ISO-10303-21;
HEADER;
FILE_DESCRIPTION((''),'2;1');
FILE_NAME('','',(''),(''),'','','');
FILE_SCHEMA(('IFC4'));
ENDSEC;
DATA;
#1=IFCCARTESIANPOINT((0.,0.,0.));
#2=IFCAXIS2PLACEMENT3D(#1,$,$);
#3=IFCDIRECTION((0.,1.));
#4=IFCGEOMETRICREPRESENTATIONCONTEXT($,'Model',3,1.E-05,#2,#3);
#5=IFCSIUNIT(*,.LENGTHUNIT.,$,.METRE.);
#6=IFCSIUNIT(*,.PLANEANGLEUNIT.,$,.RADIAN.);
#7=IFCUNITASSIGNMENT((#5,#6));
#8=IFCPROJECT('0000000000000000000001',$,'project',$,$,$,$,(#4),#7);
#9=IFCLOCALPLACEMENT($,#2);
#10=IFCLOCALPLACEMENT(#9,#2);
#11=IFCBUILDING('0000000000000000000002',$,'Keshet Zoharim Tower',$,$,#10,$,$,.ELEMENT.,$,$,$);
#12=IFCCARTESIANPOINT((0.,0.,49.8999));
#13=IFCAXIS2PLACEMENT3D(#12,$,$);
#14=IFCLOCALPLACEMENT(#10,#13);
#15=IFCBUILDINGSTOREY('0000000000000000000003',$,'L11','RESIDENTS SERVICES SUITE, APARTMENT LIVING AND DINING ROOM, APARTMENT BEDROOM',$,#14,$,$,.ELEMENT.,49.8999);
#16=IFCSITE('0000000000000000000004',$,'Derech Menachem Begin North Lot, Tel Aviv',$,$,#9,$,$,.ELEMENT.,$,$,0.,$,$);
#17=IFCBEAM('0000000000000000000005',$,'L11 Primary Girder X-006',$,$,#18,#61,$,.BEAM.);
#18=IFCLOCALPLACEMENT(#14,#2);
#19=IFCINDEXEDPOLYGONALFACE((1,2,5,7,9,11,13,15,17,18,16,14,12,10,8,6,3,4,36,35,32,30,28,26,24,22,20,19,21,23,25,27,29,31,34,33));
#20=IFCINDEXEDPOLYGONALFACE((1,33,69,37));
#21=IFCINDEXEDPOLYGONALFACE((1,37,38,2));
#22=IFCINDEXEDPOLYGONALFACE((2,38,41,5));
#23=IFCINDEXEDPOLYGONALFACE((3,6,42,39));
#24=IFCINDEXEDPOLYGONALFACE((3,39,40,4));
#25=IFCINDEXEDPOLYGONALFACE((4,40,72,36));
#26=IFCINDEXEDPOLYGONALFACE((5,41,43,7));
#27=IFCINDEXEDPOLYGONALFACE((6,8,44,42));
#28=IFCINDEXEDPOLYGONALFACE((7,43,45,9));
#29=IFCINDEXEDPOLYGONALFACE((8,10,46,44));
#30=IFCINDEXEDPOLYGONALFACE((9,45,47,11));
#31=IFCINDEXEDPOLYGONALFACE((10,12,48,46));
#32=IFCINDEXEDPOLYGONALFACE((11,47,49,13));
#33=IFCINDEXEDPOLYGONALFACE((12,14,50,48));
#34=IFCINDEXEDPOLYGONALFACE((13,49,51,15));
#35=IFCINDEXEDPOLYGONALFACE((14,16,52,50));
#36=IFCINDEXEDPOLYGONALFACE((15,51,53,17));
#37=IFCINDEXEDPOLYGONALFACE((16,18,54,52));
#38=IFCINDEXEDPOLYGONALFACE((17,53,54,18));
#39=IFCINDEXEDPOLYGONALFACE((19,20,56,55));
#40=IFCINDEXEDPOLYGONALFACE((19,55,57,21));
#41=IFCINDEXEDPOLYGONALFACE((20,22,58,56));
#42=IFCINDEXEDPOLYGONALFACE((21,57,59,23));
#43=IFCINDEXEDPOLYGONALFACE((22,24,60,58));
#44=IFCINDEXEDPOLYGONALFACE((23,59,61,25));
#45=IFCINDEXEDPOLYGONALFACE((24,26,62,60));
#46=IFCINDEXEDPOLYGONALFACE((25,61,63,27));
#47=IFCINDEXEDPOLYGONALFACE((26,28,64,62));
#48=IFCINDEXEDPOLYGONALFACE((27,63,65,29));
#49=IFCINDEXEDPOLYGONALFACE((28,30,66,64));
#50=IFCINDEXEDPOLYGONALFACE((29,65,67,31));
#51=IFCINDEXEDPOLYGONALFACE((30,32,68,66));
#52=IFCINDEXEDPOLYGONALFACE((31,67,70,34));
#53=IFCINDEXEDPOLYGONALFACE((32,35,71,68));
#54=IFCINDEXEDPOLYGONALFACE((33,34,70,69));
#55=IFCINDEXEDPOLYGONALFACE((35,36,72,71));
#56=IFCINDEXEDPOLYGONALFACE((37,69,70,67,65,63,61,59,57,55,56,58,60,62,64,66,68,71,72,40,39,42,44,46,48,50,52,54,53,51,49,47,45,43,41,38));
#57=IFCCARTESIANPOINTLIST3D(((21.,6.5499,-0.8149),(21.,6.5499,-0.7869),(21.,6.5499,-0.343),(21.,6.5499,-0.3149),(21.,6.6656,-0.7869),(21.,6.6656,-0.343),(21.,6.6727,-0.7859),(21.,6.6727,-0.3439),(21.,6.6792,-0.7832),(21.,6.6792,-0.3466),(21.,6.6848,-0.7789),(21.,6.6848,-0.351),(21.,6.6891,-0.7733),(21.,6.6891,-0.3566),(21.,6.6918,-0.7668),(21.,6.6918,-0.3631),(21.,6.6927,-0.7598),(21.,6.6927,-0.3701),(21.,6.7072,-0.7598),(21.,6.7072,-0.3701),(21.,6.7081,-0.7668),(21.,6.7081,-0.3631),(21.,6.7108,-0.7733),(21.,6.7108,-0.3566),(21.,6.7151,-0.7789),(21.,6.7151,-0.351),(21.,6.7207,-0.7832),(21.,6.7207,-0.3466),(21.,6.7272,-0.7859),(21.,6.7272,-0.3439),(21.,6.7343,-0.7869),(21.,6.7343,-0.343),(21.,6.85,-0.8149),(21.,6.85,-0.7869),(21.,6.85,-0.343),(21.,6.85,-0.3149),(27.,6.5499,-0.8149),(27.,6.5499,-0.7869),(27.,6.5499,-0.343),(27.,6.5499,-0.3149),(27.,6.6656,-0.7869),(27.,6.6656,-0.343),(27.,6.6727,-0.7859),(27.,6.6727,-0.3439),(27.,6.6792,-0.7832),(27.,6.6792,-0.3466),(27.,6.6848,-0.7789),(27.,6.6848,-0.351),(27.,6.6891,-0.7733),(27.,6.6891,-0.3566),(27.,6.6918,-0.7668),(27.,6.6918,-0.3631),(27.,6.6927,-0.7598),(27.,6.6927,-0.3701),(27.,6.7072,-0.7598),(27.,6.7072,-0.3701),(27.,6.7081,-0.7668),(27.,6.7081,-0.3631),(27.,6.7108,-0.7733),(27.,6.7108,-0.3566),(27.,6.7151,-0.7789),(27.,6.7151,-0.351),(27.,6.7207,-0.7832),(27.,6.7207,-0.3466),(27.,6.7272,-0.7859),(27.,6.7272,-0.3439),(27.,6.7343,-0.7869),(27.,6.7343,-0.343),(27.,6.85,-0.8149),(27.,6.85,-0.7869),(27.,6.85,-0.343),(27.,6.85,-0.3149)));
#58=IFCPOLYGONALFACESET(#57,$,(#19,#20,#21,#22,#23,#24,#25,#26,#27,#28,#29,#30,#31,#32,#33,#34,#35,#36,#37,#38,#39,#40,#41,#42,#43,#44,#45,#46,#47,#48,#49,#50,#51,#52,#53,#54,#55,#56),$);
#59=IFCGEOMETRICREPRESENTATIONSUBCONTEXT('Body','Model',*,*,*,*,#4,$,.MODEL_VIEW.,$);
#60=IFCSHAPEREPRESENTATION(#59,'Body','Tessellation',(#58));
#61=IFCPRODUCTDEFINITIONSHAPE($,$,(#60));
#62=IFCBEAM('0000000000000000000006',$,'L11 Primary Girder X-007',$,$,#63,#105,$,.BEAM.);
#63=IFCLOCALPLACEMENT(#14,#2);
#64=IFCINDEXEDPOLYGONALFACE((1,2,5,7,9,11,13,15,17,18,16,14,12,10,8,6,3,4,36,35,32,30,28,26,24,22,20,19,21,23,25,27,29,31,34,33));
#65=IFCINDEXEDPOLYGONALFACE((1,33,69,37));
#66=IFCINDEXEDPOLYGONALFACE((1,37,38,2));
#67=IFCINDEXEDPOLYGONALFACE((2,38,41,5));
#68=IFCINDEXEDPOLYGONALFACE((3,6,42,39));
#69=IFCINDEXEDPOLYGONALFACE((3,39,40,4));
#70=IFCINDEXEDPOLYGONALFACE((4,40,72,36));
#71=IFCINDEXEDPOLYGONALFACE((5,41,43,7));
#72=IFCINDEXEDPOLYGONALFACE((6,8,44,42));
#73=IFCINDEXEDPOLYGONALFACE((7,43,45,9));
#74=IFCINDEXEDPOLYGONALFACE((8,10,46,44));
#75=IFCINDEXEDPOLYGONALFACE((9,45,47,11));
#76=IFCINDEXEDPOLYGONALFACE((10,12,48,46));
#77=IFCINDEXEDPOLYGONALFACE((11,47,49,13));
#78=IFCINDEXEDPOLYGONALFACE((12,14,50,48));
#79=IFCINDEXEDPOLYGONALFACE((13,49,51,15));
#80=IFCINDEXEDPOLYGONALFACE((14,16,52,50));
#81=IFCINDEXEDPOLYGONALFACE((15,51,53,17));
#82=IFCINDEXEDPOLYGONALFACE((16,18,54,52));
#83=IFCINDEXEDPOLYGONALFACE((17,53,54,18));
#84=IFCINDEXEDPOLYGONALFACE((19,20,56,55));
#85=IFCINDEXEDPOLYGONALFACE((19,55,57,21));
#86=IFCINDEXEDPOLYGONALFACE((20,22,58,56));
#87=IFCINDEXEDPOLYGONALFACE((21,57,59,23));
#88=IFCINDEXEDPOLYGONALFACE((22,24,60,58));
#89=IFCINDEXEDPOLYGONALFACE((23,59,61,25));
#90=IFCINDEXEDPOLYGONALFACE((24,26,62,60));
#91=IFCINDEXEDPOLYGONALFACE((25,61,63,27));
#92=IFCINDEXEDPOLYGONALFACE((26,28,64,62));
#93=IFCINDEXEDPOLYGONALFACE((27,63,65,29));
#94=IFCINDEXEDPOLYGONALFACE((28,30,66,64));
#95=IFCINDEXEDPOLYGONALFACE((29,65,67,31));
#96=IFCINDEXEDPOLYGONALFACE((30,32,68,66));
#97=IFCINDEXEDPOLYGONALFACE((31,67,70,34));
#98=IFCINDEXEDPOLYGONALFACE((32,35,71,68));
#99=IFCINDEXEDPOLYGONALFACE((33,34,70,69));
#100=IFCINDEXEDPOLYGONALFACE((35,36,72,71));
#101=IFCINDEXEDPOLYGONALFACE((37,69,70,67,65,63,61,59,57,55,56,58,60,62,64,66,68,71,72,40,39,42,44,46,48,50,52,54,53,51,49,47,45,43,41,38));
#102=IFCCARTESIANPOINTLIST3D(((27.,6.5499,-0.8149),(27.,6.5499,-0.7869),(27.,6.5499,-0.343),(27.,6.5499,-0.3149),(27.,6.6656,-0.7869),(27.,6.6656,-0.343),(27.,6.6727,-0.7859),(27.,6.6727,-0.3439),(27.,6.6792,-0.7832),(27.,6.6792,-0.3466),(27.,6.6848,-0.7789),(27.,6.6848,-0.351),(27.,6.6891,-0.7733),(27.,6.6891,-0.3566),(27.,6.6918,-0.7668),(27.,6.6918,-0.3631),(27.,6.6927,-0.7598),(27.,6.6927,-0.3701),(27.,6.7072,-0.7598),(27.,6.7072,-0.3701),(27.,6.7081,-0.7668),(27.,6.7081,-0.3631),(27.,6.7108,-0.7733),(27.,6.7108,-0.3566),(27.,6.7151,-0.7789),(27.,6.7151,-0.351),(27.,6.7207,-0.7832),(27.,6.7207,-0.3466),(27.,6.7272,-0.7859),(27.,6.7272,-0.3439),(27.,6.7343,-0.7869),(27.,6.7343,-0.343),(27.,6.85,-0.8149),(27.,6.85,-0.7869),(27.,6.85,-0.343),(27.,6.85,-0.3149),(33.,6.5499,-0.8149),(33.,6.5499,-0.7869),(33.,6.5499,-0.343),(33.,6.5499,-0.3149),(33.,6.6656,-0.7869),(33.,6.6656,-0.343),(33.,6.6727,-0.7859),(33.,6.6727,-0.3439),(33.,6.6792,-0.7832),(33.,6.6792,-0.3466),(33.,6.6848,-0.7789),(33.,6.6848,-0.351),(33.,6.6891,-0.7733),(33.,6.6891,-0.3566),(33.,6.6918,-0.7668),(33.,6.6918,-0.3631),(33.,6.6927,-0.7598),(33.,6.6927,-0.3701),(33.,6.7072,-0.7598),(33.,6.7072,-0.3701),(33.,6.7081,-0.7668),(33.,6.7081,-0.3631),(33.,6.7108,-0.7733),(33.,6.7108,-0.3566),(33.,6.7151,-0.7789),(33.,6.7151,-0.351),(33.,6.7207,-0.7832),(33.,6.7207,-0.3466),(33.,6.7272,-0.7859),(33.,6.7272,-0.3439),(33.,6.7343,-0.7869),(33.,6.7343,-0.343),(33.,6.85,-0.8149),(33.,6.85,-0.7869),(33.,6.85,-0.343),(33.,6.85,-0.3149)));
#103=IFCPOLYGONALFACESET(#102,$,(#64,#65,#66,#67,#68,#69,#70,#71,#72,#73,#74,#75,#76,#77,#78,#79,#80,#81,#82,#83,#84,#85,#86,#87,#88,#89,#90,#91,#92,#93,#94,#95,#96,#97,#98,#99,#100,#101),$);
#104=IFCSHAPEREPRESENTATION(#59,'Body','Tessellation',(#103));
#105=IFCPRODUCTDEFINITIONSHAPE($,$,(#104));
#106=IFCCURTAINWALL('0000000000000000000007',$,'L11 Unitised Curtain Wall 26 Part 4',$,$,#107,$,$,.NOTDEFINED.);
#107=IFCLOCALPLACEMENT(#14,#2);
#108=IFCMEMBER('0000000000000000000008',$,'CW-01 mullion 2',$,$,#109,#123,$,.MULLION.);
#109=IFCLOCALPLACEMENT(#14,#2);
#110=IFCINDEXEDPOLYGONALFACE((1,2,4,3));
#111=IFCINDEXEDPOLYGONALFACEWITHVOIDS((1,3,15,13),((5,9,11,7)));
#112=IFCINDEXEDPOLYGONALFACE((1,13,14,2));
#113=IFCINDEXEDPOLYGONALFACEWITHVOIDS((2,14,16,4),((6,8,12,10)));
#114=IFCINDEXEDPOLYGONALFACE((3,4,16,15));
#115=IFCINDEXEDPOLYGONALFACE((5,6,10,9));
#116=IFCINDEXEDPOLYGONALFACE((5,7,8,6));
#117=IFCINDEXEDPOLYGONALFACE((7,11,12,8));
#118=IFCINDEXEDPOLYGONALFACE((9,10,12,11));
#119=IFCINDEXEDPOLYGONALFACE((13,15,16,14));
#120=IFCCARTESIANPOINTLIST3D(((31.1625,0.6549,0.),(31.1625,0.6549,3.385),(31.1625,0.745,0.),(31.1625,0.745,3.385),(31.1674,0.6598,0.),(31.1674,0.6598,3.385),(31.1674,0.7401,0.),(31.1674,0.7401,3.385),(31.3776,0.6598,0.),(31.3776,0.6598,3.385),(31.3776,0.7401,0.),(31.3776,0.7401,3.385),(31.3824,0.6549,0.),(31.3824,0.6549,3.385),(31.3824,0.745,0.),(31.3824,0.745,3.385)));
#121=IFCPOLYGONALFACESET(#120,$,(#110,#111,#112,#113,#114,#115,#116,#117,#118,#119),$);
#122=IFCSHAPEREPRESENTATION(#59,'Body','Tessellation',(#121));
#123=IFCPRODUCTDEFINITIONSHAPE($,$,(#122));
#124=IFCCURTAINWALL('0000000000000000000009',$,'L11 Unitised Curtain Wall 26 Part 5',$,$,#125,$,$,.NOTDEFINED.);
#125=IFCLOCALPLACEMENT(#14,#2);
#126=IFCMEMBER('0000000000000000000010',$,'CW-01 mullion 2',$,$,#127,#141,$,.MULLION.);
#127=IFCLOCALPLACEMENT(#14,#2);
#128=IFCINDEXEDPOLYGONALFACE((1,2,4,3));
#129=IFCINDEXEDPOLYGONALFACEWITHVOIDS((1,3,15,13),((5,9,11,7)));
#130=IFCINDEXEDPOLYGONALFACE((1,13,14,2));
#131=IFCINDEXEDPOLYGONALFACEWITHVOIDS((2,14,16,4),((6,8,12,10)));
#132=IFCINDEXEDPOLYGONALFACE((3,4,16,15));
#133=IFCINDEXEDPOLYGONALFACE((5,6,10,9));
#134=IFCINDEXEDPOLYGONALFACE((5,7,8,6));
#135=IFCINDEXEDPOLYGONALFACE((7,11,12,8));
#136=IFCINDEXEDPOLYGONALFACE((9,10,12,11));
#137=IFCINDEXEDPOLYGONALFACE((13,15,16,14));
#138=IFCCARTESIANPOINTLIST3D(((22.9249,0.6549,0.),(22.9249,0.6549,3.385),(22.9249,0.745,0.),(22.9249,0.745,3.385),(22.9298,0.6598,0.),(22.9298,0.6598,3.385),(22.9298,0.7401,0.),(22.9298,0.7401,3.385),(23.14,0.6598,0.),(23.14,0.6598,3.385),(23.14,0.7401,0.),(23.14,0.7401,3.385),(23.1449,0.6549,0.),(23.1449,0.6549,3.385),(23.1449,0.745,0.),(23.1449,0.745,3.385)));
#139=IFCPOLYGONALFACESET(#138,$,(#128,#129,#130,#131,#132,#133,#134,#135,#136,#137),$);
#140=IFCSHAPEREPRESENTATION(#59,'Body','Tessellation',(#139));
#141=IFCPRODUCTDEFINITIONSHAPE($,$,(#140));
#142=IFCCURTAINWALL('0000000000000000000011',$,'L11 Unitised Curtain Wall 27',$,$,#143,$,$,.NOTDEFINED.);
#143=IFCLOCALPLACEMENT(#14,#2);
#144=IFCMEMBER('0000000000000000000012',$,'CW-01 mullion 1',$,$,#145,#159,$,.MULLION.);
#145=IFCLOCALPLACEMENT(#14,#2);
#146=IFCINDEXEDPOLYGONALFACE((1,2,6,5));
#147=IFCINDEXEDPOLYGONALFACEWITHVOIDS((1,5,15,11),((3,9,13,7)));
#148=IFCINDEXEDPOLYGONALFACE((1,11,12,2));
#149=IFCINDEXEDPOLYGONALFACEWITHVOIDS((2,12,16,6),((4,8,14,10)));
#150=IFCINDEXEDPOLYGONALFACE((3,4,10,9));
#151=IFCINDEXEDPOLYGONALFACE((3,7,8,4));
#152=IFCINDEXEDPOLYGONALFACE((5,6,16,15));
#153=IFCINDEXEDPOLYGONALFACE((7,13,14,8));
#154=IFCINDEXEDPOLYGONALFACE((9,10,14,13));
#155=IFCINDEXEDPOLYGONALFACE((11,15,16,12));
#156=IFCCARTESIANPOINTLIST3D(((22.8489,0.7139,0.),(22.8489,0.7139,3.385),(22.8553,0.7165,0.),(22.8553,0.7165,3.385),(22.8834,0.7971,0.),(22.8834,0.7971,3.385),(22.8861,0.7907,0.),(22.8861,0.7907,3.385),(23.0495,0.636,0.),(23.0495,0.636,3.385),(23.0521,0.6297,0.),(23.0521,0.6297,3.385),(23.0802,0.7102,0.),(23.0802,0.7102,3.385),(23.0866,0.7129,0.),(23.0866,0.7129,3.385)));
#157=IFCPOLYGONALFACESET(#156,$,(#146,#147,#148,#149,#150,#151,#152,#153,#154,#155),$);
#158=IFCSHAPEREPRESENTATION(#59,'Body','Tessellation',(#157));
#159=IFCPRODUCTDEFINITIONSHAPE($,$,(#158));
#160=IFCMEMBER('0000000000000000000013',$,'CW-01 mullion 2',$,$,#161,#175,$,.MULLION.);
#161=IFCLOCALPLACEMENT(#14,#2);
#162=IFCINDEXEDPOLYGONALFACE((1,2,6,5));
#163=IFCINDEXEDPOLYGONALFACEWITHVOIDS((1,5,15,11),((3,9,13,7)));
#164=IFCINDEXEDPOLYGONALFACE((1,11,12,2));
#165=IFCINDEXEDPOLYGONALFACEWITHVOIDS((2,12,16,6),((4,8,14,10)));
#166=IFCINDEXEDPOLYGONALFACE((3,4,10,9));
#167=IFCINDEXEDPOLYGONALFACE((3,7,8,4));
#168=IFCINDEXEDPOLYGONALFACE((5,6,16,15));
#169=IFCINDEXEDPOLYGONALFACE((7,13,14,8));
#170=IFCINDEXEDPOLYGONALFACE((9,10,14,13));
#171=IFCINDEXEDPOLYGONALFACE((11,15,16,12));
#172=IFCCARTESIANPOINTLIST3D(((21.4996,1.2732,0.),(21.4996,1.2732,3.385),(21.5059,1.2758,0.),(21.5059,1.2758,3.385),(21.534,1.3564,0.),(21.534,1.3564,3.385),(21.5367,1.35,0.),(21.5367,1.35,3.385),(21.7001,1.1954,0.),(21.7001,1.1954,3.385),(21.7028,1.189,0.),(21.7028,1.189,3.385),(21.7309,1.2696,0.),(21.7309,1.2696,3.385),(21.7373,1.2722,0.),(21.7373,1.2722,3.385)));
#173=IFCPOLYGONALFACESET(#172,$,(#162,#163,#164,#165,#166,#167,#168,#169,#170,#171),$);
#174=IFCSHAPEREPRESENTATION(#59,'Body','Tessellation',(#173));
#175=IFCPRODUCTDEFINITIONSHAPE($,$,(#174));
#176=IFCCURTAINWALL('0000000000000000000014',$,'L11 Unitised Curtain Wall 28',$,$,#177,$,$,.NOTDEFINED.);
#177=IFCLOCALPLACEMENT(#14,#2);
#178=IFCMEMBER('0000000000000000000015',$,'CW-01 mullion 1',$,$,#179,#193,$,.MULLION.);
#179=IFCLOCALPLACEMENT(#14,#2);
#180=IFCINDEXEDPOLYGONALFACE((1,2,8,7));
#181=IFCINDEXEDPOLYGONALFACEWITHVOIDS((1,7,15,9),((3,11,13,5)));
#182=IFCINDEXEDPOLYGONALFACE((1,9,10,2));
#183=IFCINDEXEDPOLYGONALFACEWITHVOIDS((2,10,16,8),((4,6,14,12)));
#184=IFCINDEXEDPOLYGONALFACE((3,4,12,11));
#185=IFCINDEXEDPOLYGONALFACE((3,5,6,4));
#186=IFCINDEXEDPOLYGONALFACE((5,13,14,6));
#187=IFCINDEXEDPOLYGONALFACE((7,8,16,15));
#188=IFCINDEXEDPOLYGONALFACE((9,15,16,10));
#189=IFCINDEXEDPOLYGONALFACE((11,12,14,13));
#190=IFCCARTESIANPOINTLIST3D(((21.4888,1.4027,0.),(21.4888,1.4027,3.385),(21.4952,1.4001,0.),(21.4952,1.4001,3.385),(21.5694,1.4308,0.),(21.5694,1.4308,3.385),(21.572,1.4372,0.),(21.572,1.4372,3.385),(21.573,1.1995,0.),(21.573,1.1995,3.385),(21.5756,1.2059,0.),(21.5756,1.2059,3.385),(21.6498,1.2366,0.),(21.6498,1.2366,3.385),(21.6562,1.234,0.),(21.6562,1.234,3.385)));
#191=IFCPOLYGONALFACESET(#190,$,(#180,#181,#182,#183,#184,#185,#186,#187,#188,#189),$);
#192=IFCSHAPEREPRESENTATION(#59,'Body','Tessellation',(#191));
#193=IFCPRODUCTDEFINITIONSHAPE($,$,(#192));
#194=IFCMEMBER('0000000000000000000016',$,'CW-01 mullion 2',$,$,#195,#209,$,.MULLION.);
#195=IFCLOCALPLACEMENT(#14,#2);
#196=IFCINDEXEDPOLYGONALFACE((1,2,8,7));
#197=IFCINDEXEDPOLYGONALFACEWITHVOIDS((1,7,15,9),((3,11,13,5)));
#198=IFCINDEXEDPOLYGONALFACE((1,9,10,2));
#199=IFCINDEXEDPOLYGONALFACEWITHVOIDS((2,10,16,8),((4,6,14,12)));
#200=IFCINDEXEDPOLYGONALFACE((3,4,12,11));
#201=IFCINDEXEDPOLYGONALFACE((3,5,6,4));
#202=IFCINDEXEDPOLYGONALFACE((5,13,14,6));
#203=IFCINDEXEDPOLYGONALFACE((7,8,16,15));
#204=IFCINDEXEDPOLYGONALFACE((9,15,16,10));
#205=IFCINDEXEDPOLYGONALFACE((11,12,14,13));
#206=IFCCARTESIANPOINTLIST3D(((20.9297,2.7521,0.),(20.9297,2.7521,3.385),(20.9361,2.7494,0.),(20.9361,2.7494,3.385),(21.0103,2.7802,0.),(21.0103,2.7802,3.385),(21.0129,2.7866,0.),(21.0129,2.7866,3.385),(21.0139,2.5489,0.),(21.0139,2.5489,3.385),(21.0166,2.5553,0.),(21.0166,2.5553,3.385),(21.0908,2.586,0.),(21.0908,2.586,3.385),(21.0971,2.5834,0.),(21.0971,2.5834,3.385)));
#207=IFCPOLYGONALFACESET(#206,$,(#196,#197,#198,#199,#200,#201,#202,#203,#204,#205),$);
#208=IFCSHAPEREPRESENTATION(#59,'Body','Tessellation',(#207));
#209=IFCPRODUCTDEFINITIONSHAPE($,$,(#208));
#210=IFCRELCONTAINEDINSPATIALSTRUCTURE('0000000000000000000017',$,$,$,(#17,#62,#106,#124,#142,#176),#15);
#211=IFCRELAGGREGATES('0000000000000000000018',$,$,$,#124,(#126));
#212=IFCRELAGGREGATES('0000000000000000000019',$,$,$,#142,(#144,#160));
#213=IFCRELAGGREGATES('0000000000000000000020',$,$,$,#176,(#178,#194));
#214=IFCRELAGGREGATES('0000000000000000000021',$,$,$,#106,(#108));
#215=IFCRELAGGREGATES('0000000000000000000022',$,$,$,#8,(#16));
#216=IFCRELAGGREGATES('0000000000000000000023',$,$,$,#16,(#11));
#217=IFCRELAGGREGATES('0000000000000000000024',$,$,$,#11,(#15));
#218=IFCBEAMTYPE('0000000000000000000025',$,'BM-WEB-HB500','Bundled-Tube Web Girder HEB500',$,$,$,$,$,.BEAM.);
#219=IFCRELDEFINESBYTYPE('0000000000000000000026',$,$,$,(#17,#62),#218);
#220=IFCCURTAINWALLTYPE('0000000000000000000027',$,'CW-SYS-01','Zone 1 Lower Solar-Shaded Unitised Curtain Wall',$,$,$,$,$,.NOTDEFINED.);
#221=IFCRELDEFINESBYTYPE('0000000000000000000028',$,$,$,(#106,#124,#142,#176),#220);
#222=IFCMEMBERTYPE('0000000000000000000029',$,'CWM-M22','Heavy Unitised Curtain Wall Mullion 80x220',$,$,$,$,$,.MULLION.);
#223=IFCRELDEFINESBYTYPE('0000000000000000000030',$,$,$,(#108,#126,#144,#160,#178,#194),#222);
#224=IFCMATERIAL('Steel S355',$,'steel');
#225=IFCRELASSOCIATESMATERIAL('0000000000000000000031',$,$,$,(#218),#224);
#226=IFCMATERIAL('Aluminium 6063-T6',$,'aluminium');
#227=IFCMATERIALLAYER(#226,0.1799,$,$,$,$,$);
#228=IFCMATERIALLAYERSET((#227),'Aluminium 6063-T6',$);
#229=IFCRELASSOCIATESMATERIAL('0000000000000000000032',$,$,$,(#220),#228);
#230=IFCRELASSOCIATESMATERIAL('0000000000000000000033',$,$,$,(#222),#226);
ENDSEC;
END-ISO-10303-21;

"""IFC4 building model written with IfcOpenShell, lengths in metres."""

from ifc_helpers import new_model, si_unit, direction, frame, origin, origin_2d, place, context, subcontext, project, spatial, hollow_rectangle, i_section, extrude, material, layer, layer_set, material_profile, profile_set, type_object, element, aggregate, save


model = new_model("IFC4")

# Units and contexts
model_context = context("Model", 3, precision=1e-05, world=origin(), true_north=direction((0.0, 1.0)))
body_context = subcontext(model_context, "Body", "Model", "MODEL_VIEW")
ifc_project = project(units=[si_unit("LENGTHUNIT", "METRE"), si_unit("PLANEANGLEUNIT", "RADIAN")], contexts=[model_context])

# Site, building, storey
site_placement = place(None, origin())
site = spatial("IfcSite", under=ifc_project, at=site_placement, Name="Derech Menachem Begin North Lot, Tel Aviv", CompositionType="ELEMENT", RefElevation=0.0)
building_placement = place(site_placement, origin())
building = spatial("IfcBuilding", under=site, at=building_placement, Name="Keshet Zoharim Tower", CompositionType="ELEMENT")
storey_placement = place(building_placement, frame((0.0, 0.0, 49.8999)))
storey = spatial("IfcBuildingStorey", under=building, at=storey_placement, Name="L11", Description="RESIDENTS SERVICES SUITE, APARTMENT LIVING AND DINING ROOM, APARTMENT BEDROOM", CompositionType="ELEMENT", Elevation=49.8999)

# Shared definitions
ifc_material_1 = material(Name="Steel S355", Category="steel")

# Beams
ifc_material_profile_1 = material_profile(ifc_material_1, i_section(OverallWidth=0.3, OverallDepth=0.5, WebThickness=0.0144, FlangeThickness=0.0281, FilletRadius=0.0271, at=origin_2d()), Name="HEB500")
ifc_profile_set_1 = profile_set([ifc_material_profile_1], Name="Steel S355")
beam_type_1 = type_object("IfcBeamType", Name="BM-WEB-HB500", Description="Bundled-Tube Web Girder HEB500", PredefinedType="BEAM", material=ifc_profile_set_1)
for number, where, z_axis, x_axis, name in (
    (1, (21.0, 6.7, -0.5649), (1.0, 0.0, 0.0), (0.0, 1.0, 0.0), "L11 Primary Girder X-006"),
    (2, (27.0, 6.7, -0.5649), (1.0, 0.0, 0.0), (0.0, 1.0, 0.0), "L11 Primary Girder X-007"),
):
    element("IfcBeam", number, at=place(storey_placement, frame(where, z_axis=z_axis, x_axis=x_axis)), inside=storey, type_object=beam_type_1, Name=name, PredefinedType="BEAM", context=body_context, shape_type="SweptSolid", body=[
        extrude(i_section(OverallWidth=0.3, OverallDepth=0.5, WebThickness=0.0144, FlangeThickness=0.0281, FilletRadius=0.0271, at=origin_2d()), origin(), (0.0, 0.0, 1.0), 6.0),
    ])

# Curtain walls, members
ifc_material_2 = material(Name="Aluminium 6063-T6", Category="aluminium")
ifc_layer_1 = layer(ifc_material_2, 0.1799)
ifc_layer_set_1 = layer_set([ifc_layer_1], Name="Aluminium 6063-T6")
curtain_wall_type = type_object("IfcCurtainWallType", Name="CW-SYS-01", Description="Zone 1 Lower Solar-Shaded Unitised Curtain Wall", PredefinedType="NOTDEFINED", material=ifc_layer_set_1)
curtain_wall_1_placement = place(storey_placement, origin())
curtain_wall_1 = element("IfcCurtainWall", 3, at=curtain_wall_1_placement, inside=storey, type_object=curtain_wall_type, Name="L11 Unitised Curtain Wall 26 Part 4", PredefinedType="NOTDEFINED")
ifc_material_profile_2 = material_profile(ifc_material_2, hollow_rectangle(XDim=0.0901, YDim=0.22, WallThickness=0.0049, at=origin_2d()), Name="MUL-90x220")
ifc_profile_set_2 = profile_set([ifc_material_profile_2], Name="Aluminium 6063-T6")
member_type_1 = type_object("IfcMemberType", Name="CWM-M22", Description="Heavy Unitised Curtain Wall Mullion 80x220", PredefinedType="MULLION", material=ifc_profile_set_2)
member_1_placement = place(storey_placement, frame((31.2725, 0.7, 0.0), z_axis=(0.0, 0.0, 1.0), x_axis=(0.0, -1.0, 0.0)))
member_1 = element("IfcMember", 4, at=member_1_placement, type_object=member_type_1, Name="CW-01 mullion 2", PredefinedType="MULLION", context=body_context, shape_type="SweptSolid", body=[
    extrude(hollow_rectangle(XDim=0.0901, YDim=0.22, WallThickness=0.0049, at=origin_2d()), origin(), (0.0, 0.0, 1.0), 3.385),
])
curtain_wall_2_placement = place(storey_placement, origin())
curtain_wall_2 = element("IfcCurtainWall", 5, at=curtain_wall_2_placement, inside=storey, type_object=curtain_wall_type, Name="L11 Unitised Curtain Wall 26 Part 5", PredefinedType="NOTDEFINED")
member_2_placement = place(storey_placement, frame((23.0349, 0.7, 0.0), z_axis=(0.0, 0.0, 1.0), x_axis=(0.0, -1.0, 0.0)))
member_2 = element("IfcMember", 6, at=member_2_placement, type_object=member_type_1, Name="CW-01 mullion 2", PredefinedType="MULLION", context=body_context, shape_type="SweptSolid", body=[
    extrude(hollow_rectangle(XDim=0.0901, YDim=0.22, WallThickness=0.0049, at=origin_2d()), origin(), (0.0, 0.0, 1.0), 3.385),
])

# Curtain walls, members
curtain_wall_3_placement = place(storey_placement, origin())
curtain_wall_3 = element("IfcCurtainWall", 7, at=curtain_wall_3_placement, inside=storey, type_object=curtain_wall_type, Name="L11 Unitised Curtain Wall 27", PredefinedType="NOTDEFINED")
member_3_placement = place(storey_placement, frame((22.9678, 0.7134, 0.0), z_axis=(0.0, 0.0, 1.0), x_axis=(-0.382852, -0.92381, 0.0)))
member_3 = element("IfcMember", 8, at=member_3_placement, type_object=member_type_1, Name="CW-01 mullion 1", PredefinedType="MULLION", context=body_context, shape_type="SweptSolid", body=[
    extrude(hollow_rectangle(XDim=0.0901, YDim=0.22, WallThickness=0.0049, at=origin_2d()), origin(), (0.0, 0.0, 1.0), 3.385),
])
member_4_placement = place(storey_placement, frame((21.6184, 1.2727, 0.0), z_axis=(0.0, 0.0, 1.0), x_axis=(-0.382852, -0.92381, 0.0)))
member_4 = element("IfcMember", 9, at=member_4_placement, type_object=member_type_1, Name="CW-01 mullion 2", PredefinedType="MULLION", context=body_context, shape_type="SweptSolid", body=[
    extrude(hollow_rectangle(XDim=0.0901, YDim=0.22, WallThickness=0.0049, at=origin_2d()), origin(), (0.0, 0.0, 1.0), 3.385),
])
curtain_wall_4_placement = place(storey_placement, origin())
curtain_wall_4 = element("IfcCurtainWall", 10, at=curtain_wall_4_placement, inside=storey, type_object=curtain_wall_type, Name="L11 Unitised Curtain Wall 28", PredefinedType="NOTDEFINED")
member_5_placement = place(storey_placement, frame((21.5725, 1.3184, 0.0), z_axis=(0.0, 0.0, 1.0), x_axis=(-0.92381, -0.382852, 0.0)))
member_5 = element("IfcMember", 11, at=member_5_placement, type_object=member_type_1, Name="CW-01 mullion 1", PredefinedType="MULLION", context=body_context, shape_type="SweptSolid", body=[
    extrude(hollow_rectangle(XDim=0.0901, YDim=0.22, WallThickness=0.0049, at=origin_2d()), origin(), (0.0, 0.0, 1.0), 3.385),
])
member_6_placement = place(storey_placement, frame((21.0134, 2.6677, 0.0), z_axis=(0.0, 0.0, 1.0), x_axis=(-0.92381, -0.382852, 0.0)))
member_6 = element("IfcMember", 12, at=member_6_placement, type_object=member_type_1, Name="CW-01 mullion 2", PredefinedType="MULLION", context=body_context, shape_type="SweptSolid", body=[
    extrude(hollow_rectangle(XDim=0.0901, YDim=0.22, WallThickness=0.0049, at=origin_2d()), origin(), (0.0, 0.0, 1.0), 3.385),
])

aggregate(curtain_wall_2, [member_2])
aggregate(curtain_wall_3, [member_3, member_4])
aggregate(curtain_wall_4, [member_5, member_6])
aggregate(curtain_wall_1, [member_1])

save(model, "model.ifc")
